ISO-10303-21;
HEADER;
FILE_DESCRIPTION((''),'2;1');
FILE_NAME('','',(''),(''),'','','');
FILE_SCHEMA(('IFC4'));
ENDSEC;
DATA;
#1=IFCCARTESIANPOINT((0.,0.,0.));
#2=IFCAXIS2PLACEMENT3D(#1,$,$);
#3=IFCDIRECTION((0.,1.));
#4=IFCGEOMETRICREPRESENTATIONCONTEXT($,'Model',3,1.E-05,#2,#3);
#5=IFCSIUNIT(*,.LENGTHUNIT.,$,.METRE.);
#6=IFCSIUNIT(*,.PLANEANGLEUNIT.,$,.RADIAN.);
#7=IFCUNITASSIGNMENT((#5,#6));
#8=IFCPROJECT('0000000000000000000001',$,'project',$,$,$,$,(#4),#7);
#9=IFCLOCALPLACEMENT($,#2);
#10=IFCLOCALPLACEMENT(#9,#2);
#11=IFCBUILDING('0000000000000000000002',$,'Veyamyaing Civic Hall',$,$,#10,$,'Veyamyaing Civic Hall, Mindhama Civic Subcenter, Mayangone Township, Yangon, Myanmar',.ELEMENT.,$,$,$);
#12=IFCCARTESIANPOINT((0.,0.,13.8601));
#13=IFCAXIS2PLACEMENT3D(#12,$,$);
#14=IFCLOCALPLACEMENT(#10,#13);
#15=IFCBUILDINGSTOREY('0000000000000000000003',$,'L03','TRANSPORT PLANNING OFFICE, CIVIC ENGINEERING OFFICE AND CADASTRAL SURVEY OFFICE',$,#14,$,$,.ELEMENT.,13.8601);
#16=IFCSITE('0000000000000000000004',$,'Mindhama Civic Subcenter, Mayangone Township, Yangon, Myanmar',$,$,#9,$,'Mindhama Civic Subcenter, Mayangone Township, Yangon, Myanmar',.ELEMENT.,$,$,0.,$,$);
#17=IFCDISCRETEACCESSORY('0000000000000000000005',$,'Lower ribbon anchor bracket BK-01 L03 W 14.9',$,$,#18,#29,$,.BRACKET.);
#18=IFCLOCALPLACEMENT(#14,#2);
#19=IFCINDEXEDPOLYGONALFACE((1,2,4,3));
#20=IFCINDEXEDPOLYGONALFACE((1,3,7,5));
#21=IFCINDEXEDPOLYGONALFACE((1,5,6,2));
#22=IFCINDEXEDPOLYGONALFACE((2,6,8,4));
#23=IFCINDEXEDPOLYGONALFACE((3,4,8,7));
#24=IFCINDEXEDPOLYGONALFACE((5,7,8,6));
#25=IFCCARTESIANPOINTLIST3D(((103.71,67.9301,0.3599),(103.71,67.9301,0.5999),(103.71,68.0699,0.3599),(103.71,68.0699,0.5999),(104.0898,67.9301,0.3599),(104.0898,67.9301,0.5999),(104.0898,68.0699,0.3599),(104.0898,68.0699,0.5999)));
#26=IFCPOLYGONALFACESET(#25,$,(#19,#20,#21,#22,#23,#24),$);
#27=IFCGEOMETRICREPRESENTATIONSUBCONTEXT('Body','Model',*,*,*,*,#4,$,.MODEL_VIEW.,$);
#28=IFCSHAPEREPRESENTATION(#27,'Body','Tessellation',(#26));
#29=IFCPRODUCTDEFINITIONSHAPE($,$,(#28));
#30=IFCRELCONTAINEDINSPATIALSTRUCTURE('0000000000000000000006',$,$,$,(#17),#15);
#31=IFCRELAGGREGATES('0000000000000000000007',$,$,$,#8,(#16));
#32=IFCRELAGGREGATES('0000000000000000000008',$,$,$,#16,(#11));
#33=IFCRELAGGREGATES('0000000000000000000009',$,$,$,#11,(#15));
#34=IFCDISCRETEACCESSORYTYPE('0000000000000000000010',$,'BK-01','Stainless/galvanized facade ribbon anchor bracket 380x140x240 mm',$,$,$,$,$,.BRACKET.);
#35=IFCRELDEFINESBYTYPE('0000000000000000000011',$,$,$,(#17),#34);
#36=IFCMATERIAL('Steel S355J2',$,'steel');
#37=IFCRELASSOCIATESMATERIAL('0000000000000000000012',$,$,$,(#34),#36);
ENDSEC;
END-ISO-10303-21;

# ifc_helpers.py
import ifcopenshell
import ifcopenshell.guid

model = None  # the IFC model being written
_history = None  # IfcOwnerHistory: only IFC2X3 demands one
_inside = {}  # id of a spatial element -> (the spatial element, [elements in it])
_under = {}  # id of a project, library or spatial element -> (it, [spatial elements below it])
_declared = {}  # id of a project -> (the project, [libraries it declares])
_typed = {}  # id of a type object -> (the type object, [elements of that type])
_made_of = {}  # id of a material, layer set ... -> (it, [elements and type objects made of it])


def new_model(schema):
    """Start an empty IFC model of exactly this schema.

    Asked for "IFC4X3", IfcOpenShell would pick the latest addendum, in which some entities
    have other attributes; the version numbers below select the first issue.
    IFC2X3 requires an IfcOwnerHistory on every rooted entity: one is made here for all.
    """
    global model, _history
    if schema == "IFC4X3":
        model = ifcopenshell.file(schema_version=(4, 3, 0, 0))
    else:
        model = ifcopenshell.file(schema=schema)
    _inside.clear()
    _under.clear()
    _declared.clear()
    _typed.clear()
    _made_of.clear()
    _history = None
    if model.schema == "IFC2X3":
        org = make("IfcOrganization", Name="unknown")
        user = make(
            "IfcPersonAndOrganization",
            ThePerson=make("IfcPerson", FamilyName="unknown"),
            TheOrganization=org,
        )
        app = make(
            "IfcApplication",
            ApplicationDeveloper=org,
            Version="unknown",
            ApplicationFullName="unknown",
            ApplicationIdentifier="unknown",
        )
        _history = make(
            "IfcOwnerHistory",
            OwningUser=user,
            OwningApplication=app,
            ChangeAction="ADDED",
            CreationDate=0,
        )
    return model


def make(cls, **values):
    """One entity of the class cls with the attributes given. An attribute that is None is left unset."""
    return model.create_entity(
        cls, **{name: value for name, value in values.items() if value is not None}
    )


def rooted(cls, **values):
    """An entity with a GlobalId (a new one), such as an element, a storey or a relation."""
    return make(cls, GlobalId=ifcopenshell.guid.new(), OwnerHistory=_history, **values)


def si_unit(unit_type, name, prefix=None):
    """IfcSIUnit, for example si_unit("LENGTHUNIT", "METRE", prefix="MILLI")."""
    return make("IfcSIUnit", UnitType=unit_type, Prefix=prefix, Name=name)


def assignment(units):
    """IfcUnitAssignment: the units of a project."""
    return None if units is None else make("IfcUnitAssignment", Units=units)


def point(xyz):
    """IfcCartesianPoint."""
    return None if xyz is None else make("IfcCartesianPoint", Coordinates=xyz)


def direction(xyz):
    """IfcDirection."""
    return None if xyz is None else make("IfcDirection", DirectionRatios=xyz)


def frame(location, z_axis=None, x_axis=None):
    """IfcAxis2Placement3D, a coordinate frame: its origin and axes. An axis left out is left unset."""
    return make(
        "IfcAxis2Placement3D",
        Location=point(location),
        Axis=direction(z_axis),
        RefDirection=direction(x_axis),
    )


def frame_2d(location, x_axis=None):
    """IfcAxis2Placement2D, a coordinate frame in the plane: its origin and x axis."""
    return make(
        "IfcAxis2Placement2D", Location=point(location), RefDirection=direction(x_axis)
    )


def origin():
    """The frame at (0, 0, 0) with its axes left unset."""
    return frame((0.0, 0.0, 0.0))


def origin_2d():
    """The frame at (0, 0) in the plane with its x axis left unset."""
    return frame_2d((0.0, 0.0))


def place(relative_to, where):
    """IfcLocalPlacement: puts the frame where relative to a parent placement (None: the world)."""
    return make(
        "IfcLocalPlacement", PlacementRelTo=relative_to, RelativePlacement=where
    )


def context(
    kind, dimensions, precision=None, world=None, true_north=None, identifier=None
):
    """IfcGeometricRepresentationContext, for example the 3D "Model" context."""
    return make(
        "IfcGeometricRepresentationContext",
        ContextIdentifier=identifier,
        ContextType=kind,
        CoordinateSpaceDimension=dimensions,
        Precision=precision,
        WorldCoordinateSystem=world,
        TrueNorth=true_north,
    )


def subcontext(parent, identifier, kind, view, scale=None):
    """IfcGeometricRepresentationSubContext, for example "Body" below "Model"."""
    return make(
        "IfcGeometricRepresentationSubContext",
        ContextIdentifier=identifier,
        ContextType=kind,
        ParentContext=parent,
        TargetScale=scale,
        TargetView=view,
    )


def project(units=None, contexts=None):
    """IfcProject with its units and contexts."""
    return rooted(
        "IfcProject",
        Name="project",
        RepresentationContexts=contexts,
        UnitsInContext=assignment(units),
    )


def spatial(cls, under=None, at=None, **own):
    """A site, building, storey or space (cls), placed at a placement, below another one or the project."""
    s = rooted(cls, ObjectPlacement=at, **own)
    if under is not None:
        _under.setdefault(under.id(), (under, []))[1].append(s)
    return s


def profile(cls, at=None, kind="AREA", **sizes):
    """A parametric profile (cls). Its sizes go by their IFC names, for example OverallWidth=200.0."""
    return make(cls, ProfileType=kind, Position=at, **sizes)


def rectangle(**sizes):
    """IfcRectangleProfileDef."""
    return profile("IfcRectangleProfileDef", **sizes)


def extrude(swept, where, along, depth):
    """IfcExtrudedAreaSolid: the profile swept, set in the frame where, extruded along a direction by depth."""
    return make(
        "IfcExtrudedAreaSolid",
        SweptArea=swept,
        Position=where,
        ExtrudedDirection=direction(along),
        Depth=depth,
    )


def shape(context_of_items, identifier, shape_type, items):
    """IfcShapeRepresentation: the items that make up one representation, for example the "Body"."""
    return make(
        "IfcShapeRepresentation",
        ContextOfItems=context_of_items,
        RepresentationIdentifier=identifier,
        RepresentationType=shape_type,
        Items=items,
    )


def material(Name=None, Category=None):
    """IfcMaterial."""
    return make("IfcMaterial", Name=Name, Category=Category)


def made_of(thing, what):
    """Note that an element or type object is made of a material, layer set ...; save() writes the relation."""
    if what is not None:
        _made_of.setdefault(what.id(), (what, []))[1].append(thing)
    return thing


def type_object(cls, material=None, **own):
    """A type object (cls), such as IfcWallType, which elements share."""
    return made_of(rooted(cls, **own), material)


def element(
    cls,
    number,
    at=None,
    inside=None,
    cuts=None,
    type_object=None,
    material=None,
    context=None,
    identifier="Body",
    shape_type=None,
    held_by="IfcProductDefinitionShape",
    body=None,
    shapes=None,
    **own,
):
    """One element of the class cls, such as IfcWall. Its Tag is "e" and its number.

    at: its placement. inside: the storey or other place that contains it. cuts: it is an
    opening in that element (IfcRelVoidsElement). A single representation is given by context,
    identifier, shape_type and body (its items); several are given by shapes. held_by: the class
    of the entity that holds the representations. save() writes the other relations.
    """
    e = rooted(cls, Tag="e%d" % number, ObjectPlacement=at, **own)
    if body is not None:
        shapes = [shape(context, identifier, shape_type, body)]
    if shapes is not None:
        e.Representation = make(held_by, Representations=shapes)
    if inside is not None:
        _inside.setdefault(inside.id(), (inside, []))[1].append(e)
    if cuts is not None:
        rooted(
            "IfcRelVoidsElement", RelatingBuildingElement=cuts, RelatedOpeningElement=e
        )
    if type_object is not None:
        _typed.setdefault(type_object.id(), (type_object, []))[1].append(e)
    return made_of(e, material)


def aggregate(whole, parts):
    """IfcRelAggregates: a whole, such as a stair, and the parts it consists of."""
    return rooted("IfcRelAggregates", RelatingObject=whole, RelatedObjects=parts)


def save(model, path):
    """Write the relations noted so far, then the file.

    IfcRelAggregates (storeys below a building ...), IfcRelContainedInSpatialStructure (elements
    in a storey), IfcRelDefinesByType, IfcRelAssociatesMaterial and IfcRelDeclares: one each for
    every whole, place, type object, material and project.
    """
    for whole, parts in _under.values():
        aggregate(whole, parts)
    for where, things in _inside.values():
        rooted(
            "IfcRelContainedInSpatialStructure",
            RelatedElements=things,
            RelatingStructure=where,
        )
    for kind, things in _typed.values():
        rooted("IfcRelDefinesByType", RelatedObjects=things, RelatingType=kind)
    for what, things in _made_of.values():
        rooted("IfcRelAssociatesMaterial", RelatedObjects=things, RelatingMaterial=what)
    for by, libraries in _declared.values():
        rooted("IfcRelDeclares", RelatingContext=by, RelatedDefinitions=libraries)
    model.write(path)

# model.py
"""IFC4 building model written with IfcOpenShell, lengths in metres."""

from ifc_helpers import new_model, si_unit, direction, frame, origin, origin_2d, place, context, subcontext, project, spatial, rectangle, extrude, material, type_object, element, save


model = new_model("IFC4")

# Units and contexts
model_context = context("Model", 3, precision=1e-05, world=origin(), true_north=direction((0.0, 1.0)))
body_context = subcontext(model_context, "Body", "Model", "MODEL_VIEW")
ifc_project = project(units=[si_unit("LENGTHUNIT", "METRE"), si_unit("PLANEANGLEUNIT", "RADIAN")], contexts=[model_context])

# Site, building, storey
site_placement = place(None, origin())
site = spatial("IfcSite", under=ifc_project, at=site_placement, Name="Mindhama Civic Subcenter, Mayangone Township, Yangon, Myanmar", LongName="Mindhama Civic Subcenter, Mayangone Township, Yangon, Myanmar", CompositionType="ELEMENT", RefElevation=0.0)
building_placement = place(site_placement, origin())
building = spatial("IfcBuilding", under=site, at=building_placement, Name="Veyamyaing Civic Hall", LongName="Veyamyaing Civic Hall, Mindhama Civic Subcenter, Mayangone Township, Yangon, Myanmar", CompositionType="ELEMENT")
storey_placement = place(building_placement, frame((0.0, 0.0, 13.8601)))
storey = spatial("IfcBuildingStorey", under=building, at=storey_placement, Name="L03", Description="TRANSPORT PLANNING OFFICE, CIVIC ENGINEERING OFFICE AND CADASTRAL SURVEY OFFICE", CompositionType="ELEMENT", Elevation=13.8601)

# Discrete accessory
ifc_material_1 = material(Name="Steel S355J2", Category="steel")
discrete_accessory_type = type_object("IfcDiscreteAccessoryType", Name="BK-01", Description="Stainless/galvanized facade ribbon anchor bracket 380x140x240 mm", PredefinedType="BRACKET", material=ifc_material_1)
for number, where, z_axis, x_axis, name in (
    (1, (103.8999, 68.0, 0.3599), (0.0, 0.0, 1.0), (-1.0, 0.0, 0.0), "Lower ribbon anchor bracket BK-01 L03 W 14.9"),
):
    element("IfcDiscreteAccessory", number, at=place(storey_placement, frame(where, z_axis=z_axis, x_axis=x_axis)), inside=storey, type_object=discrete_accessory_type, Name=name, PredefinedType="BRACKET", context=body_context, shape_type="SweptSolid", body=[
        extrude(rectangle(XDim=0.3799, YDim=0.1399, at=origin_2d()), origin(), (0.0, 0.0, 1.0), 0.24),
    ])

save(model, "model.ifc")
